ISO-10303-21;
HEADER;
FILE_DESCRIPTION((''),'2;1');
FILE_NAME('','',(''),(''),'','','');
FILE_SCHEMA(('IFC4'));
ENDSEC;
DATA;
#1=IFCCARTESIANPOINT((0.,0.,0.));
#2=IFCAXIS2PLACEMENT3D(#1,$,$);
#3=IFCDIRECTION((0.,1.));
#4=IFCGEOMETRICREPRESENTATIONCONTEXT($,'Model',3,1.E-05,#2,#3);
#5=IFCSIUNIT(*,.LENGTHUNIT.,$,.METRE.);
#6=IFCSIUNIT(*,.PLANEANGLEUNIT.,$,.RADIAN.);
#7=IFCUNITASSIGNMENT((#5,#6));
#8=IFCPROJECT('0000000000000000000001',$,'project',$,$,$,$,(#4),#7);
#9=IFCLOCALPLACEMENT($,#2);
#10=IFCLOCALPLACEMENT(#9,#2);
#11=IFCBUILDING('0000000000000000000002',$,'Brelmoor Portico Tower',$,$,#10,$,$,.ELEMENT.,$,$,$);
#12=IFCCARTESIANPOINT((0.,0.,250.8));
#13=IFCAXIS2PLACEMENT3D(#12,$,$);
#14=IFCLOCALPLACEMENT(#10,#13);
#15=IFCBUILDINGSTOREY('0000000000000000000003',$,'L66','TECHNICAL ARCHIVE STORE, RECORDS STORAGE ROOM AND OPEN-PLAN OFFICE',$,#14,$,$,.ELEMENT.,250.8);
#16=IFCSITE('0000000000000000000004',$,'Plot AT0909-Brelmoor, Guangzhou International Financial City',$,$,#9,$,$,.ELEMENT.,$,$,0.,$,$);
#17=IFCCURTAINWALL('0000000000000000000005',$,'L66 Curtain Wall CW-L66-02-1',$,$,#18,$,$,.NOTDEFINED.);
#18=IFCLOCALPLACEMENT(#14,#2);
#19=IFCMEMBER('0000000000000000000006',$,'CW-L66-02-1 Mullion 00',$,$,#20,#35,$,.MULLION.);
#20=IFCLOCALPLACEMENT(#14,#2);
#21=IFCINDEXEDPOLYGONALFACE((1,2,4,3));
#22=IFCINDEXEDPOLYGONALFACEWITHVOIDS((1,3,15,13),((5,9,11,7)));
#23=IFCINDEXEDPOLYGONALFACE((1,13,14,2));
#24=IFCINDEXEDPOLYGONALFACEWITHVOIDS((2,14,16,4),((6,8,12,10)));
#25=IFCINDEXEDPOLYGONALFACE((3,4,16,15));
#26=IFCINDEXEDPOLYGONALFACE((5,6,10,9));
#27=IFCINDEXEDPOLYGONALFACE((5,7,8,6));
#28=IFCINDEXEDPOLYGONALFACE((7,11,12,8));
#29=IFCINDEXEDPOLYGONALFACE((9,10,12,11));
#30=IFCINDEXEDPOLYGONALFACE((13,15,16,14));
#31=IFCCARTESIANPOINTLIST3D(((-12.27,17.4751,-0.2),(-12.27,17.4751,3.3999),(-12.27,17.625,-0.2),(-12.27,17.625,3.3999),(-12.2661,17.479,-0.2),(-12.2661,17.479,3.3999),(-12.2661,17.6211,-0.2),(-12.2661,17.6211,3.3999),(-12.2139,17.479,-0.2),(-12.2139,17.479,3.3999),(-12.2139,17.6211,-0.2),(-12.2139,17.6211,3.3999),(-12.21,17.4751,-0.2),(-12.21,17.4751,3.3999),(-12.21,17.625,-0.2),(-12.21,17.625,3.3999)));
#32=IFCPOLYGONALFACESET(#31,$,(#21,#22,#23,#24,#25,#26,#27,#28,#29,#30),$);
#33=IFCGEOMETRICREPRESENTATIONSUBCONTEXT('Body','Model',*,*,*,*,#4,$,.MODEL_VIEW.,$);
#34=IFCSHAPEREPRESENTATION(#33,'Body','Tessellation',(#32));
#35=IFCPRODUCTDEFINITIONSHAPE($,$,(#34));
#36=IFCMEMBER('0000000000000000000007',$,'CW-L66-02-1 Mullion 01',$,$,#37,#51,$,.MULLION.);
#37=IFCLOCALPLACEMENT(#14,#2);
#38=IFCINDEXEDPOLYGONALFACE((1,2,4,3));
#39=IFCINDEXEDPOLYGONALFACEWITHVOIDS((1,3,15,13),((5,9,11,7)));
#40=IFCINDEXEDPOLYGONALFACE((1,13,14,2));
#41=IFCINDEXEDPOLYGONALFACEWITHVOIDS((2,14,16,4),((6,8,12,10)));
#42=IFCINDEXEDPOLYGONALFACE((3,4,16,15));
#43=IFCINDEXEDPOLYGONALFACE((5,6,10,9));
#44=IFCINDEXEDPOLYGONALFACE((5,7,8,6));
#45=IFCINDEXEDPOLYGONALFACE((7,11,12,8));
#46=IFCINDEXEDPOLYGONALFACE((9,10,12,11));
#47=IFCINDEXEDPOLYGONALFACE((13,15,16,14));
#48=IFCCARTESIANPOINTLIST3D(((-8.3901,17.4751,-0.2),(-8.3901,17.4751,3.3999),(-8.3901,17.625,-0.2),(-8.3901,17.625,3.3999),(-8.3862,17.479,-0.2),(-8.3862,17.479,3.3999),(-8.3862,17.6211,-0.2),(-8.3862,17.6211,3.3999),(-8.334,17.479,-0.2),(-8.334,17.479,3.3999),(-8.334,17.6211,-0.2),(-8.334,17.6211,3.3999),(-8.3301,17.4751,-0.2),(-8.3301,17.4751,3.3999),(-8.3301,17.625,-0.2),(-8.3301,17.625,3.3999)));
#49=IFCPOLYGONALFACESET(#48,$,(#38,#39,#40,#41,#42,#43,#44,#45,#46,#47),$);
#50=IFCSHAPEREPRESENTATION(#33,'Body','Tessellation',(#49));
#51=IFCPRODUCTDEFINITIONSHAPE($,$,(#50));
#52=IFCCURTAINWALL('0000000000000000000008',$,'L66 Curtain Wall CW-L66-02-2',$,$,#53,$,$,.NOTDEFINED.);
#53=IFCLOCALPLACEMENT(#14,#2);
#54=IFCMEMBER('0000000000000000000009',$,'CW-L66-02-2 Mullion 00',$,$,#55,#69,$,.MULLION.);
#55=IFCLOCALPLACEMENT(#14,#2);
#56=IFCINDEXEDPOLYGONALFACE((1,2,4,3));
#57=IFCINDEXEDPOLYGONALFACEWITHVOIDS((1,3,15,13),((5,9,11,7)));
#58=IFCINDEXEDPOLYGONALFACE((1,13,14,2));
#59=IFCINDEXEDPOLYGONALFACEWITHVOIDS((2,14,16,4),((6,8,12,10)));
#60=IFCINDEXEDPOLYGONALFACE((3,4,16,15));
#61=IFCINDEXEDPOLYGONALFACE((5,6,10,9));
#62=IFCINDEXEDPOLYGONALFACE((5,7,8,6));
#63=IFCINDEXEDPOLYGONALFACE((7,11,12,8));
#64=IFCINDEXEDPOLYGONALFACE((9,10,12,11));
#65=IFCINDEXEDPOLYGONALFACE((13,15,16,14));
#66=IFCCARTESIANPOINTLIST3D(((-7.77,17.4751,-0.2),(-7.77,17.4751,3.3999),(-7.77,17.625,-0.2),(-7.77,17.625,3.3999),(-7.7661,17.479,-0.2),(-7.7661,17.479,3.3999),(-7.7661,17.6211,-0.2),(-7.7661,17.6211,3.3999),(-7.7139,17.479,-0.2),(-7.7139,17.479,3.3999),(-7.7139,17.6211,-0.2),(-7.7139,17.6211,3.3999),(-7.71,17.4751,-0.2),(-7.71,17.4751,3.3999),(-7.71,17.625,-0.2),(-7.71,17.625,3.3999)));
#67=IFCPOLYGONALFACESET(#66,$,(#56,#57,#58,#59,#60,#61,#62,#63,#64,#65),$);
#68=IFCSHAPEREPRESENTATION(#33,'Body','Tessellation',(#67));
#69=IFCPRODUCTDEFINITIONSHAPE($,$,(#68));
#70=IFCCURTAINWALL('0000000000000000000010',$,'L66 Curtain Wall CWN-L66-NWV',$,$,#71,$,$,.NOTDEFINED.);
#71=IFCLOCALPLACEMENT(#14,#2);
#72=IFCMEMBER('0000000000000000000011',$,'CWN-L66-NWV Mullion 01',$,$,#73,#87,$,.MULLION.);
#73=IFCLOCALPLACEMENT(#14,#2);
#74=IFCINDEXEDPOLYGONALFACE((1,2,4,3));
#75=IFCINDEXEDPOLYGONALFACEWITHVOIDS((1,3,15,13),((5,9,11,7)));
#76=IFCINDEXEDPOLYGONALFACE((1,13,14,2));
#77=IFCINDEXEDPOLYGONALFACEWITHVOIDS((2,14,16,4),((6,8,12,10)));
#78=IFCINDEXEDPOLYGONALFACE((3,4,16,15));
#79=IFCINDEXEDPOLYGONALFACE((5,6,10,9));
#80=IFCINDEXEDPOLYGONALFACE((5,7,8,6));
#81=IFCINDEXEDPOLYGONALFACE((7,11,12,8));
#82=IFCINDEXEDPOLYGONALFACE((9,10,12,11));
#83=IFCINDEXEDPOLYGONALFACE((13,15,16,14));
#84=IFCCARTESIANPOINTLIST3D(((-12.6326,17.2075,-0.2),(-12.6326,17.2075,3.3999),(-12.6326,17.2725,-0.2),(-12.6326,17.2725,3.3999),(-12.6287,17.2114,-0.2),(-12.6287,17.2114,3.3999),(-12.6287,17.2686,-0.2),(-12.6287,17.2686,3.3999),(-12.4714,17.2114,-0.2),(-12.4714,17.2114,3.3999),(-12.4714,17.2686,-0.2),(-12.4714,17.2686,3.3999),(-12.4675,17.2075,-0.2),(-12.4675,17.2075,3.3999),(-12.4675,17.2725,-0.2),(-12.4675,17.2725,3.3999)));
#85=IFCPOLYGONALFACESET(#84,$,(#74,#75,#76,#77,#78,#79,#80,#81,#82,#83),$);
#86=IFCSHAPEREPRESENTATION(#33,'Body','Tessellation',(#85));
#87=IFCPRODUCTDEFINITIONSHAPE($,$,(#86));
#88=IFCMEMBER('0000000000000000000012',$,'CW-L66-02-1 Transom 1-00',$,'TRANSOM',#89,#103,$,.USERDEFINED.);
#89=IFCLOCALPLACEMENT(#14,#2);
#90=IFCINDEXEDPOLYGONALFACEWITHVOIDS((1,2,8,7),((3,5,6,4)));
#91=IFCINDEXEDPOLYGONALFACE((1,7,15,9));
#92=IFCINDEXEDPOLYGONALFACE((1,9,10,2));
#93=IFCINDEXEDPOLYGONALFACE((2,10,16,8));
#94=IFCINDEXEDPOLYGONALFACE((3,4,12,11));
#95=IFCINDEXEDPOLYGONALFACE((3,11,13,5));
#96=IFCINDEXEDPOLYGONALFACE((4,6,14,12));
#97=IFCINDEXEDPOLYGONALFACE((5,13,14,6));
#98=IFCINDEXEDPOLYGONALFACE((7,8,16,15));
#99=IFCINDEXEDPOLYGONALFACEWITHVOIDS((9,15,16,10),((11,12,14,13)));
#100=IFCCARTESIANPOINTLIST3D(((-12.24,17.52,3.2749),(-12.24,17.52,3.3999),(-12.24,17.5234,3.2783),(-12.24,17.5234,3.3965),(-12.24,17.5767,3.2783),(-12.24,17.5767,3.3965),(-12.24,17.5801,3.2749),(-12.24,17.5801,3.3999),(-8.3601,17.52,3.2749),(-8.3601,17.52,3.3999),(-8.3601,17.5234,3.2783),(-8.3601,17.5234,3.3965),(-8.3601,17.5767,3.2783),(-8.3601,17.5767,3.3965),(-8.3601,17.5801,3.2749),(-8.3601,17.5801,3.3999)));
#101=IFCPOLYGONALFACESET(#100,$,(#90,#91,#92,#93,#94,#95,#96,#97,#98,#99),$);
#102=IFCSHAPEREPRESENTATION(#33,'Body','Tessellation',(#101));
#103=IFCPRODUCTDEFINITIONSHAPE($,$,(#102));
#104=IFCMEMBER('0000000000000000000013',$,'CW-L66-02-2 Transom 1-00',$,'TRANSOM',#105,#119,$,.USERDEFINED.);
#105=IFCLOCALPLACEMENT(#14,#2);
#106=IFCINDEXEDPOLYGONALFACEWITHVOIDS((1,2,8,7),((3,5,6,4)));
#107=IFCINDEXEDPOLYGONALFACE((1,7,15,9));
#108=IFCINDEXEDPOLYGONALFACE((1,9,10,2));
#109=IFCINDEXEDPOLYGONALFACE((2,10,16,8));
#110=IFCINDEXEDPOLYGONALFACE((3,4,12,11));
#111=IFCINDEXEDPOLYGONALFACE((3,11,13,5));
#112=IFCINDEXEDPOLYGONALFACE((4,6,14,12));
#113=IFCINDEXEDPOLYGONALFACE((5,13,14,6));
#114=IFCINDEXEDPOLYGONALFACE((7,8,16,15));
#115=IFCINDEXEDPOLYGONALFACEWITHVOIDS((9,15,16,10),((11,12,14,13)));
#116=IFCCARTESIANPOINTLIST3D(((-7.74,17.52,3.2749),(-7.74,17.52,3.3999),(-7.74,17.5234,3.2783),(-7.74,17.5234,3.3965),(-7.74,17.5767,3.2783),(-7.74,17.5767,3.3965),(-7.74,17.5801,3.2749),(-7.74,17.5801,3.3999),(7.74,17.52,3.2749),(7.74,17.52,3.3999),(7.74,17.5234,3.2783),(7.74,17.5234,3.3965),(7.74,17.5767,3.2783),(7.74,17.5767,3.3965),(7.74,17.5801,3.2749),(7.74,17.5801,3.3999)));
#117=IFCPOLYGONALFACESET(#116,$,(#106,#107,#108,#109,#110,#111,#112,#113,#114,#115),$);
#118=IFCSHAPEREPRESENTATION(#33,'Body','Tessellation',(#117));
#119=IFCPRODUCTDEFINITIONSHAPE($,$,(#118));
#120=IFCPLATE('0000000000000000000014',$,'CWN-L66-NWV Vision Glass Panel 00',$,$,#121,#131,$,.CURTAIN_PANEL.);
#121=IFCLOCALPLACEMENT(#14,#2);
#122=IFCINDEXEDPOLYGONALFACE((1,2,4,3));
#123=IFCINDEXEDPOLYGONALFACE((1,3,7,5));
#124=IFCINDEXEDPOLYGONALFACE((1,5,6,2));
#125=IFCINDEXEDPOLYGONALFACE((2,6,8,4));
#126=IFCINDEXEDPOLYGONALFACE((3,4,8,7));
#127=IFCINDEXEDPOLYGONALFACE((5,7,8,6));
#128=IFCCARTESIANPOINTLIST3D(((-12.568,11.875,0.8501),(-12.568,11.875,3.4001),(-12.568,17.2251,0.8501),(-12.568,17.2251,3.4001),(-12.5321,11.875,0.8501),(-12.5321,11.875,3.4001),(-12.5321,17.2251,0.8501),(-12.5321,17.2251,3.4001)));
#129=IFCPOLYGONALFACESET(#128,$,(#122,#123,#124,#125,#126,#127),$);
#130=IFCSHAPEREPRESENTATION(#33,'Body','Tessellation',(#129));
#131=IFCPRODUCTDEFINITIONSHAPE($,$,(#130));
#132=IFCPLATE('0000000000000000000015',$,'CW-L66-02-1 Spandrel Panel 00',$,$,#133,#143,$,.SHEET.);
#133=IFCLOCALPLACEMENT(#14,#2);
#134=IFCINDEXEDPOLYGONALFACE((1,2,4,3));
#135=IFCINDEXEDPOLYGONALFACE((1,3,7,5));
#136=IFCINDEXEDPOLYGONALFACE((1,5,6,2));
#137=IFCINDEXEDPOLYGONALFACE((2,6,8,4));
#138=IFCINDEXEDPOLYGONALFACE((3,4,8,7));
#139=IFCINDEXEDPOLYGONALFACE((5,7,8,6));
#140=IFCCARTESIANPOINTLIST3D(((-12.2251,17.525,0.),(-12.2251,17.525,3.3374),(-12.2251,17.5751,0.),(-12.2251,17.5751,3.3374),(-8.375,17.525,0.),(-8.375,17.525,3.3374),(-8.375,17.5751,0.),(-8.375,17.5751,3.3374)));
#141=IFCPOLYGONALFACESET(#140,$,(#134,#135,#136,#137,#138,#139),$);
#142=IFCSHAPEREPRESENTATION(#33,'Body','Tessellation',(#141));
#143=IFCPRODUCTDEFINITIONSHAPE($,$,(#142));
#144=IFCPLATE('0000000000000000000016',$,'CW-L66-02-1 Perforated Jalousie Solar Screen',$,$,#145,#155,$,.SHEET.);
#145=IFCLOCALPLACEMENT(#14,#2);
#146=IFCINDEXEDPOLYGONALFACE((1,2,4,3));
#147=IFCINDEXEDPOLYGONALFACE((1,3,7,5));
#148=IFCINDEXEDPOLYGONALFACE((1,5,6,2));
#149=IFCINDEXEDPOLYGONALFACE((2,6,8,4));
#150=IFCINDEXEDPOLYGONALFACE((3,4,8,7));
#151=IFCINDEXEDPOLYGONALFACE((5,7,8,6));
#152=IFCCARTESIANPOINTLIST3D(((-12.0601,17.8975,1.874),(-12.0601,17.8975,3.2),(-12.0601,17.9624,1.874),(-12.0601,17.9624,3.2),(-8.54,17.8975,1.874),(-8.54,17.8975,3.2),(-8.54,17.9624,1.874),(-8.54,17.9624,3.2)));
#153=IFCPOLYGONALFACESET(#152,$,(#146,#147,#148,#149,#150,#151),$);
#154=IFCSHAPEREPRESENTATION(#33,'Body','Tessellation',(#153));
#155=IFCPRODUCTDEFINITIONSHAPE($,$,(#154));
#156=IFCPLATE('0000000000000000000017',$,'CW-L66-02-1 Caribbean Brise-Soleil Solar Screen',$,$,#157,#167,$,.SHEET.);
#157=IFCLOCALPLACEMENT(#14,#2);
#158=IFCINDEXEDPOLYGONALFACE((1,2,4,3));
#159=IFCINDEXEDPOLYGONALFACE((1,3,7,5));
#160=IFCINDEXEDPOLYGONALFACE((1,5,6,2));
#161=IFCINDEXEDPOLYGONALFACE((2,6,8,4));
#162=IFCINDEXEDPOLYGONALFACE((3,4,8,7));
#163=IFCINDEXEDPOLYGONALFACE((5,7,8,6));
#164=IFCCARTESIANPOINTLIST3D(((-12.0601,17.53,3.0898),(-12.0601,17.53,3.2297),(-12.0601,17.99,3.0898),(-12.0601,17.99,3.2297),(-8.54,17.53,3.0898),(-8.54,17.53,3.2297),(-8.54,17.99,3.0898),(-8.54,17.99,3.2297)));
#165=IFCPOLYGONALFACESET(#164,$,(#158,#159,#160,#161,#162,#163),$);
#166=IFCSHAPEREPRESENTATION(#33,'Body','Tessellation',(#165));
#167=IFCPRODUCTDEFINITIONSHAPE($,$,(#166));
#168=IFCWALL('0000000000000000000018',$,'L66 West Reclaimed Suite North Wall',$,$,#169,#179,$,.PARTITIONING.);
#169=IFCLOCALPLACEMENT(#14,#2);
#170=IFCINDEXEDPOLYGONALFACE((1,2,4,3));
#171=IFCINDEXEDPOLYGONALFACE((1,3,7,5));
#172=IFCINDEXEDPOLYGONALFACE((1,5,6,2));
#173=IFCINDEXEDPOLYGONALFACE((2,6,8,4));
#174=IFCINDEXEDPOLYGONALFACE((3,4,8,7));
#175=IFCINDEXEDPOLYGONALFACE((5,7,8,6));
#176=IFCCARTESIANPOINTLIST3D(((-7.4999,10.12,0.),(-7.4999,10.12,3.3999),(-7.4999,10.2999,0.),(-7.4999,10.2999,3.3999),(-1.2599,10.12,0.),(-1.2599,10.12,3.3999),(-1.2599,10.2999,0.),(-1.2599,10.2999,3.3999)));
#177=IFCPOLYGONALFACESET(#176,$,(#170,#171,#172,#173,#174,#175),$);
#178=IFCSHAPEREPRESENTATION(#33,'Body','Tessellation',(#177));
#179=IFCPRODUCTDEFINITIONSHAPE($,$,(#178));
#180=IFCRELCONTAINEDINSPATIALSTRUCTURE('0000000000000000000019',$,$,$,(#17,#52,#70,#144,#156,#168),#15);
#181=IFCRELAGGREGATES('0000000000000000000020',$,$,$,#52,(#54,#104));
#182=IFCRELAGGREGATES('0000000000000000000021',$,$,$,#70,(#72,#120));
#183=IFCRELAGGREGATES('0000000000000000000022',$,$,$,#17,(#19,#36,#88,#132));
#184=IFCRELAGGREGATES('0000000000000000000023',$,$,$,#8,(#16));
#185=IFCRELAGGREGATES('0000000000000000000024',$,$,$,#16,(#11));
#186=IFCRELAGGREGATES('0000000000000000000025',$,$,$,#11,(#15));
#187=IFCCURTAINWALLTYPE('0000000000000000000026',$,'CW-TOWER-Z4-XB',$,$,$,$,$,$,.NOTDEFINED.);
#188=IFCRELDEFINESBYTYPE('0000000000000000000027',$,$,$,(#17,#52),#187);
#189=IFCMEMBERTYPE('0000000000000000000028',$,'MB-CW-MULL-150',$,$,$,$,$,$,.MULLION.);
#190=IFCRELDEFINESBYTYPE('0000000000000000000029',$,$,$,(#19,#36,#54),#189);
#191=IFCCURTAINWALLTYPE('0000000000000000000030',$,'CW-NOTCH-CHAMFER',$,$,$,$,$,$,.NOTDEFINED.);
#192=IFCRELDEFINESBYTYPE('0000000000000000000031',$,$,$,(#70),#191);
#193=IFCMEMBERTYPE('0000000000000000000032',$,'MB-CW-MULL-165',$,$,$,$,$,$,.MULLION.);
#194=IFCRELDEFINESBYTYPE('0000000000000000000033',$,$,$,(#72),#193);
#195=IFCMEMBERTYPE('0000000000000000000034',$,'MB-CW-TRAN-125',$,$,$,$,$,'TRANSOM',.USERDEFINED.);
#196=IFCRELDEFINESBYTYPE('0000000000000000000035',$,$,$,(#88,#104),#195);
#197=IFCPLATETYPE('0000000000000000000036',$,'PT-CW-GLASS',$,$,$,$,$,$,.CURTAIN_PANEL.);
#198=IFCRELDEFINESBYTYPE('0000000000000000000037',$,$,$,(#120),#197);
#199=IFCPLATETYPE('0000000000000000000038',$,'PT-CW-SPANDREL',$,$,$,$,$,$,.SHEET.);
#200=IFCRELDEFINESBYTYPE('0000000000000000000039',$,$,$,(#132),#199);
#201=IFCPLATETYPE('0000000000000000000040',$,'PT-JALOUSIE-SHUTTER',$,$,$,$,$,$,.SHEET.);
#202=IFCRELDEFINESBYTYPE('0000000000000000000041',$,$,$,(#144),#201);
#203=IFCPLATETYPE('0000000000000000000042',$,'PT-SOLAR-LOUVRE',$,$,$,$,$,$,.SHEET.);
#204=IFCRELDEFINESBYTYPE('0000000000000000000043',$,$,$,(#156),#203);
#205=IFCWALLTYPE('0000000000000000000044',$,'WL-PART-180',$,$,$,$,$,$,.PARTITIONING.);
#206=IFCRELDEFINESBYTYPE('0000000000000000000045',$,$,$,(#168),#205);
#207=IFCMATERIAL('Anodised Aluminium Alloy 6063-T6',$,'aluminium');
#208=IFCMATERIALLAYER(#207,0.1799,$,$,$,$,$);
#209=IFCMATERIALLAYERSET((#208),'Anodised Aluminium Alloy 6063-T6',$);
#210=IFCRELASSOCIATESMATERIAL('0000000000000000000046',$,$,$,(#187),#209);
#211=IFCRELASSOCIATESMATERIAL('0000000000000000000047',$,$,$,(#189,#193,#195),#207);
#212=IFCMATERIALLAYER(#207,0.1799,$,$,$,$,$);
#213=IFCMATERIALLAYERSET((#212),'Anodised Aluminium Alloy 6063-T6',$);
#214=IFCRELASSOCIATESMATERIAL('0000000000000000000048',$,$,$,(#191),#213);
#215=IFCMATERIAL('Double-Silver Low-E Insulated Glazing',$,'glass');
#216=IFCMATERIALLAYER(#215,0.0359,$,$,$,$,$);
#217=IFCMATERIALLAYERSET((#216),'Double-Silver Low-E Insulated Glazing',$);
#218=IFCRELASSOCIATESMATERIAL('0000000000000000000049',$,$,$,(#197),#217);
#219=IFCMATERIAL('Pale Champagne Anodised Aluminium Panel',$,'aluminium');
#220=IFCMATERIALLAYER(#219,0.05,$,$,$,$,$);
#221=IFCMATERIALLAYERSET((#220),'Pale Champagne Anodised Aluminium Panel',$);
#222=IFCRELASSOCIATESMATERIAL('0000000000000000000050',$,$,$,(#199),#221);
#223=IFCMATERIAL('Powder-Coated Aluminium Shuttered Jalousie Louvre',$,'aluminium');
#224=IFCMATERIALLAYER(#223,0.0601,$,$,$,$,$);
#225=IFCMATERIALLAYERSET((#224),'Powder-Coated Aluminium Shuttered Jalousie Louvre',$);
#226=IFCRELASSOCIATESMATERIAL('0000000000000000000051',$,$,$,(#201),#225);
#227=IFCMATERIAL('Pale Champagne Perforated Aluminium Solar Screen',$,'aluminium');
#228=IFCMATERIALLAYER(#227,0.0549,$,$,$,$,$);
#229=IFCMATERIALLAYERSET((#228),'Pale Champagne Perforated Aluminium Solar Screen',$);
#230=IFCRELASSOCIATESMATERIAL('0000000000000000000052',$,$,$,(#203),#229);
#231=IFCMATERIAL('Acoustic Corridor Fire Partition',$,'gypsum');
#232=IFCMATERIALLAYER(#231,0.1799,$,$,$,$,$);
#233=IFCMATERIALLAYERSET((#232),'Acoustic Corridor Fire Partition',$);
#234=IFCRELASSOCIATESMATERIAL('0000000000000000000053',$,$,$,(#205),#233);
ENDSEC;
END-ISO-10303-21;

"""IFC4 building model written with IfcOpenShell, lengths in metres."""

from ifc_helpers import new_model, si_unit, direction, frame, frame_2d, origin, origin_2d, place, context, subcontext, project, spatial, rectangle, hollow_rectangle, extrude, material, layer, layer_set, material_profile, profile_set, type_object, element, aggregate, save


model = new_model("IFC4")

# Units and contexts
model_context = context("Model", 3, precision=1e-05, world=origin(), true_north=direction((0.0, 1.0)))
body_context = subcontext(model_context, "Body", "Model", "MODEL_VIEW")
ifc_project = project(units=[si_unit("LENGTHUNIT", "METRE"), si_unit("PLANEANGLEUNIT", "RADIAN")], contexts=[model_context])

# Site, building, storey
site_placement = place(None, origin())
site = spatial("IfcSite", under=ifc_project, at=site_placement, Name="Plot AT0909-Brelmoor, Guangzhou International Financial City", CompositionType="ELEMENT", RefElevation=0.0)
building_placement = place(site_placement, origin())
building = spatial("IfcBuilding", under=site, at=building_placement, Name="Brelmoor Portico Tower", CompositionType="ELEMENT")
storey_placement = place(building_placement, frame((0.0, 0.0, 250.8)))
storey = spatial("IfcBuildingStorey", under=building, at=storey_placement, Name="L66", Description="TECHNICAL ARCHIVE STORE, RECORDS STORAGE ROOM AND OPEN-PLAN OFFICE", CompositionType="ELEMENT", Elevation=250.8)

# Curtain wall, members
ifc_material_1 = material(Name="Anodised Aluminium Alloy 6063-T6", Category="aluminium")
ifc_layer_1 = layer(ifc_material_1, 0.1799)
ifc_layer_set_1 = layer_set([ifc_layer_1], Name="Anodised Aluminium Alloy 6063-T6")
curtain_wall_type_1 = type_object("IfcCurtainWallType", Name="CW-TOWER-Z4-XB", PredefinedType="NOTDEFINED", material=ifc_layer_set_1)
curtain_wall_1_placement = place(storey_placement, origin())
curtain_wall_1 = element("IfcCurtainWall", 1, at=curtain_wall_1_placement, inside=storey, type_object=curtain_wall_type_1, Name="L66 Curtain Wall CW-L66-02-1", PredefinedType="NOTDEFINED")
ifc_material_profile_1 = material_profile(ifc_material_1, hollow_rectangle(XDim=0.0601, YDim=0.1499, WallThickness=0.0039, at=origin_2d()), Name="ALU MULLION 60x150")
ifc_profile_set_1 = profile_set([ifc_material_profile_1], Name="Anodised Aluminium Alloy 6063-T6")
member_type_1 = type_object("IfcMemberType", Name="MB-CW-MULL-150", PredefinedType="MULLION", material=ifc_profile_set_1)
member_1_placement = place(storey_placement, frame((-12.24, 17.55, -0.2), z_axis=(0.0, 0.0, 1.0), x_axis=(1.0, 0.0, 0.0)))
member_1 = element("IfcMember", 2, at=member_1_placement, type_object=member_type_1, Name="CW-L66-02-1 Mullion 00", PredefinedType="MULLION", context=body_context, shape_type="SweptSolid", body=[
    extrude(hollow_rectangle(XDim=0.0601, YDim=0.1499, WallThickness=0.0039, at=origin_2d()), origin(), (0.0, 0.0, 1.0), 3.5999),
])
member_2_placement = place(storey_placement, frame((-8.3601, 17.55, -0.2), z_axis=(0.0, 0.0, 1.0), x_axis=(1.0, 0.0, 0.0)))
member_2 = element("IfcMember", 3, at=member_2_placement, type_object=member_type_1, Name="CW-L66-02-1 Mullion 01", PredefinedType="MULLION", context=body_context, shape_type="SweptSolid", body=[
    extrude(hollow_rectangle(XDim=0.0601, YDim=0.1499, WallThickness=0.0039, at=origin_2d()), origin(), (0.0, 0.0, 1.0), 3.5999),
])

# Curtain walls, members
curtain_wall_2_placement = place(storey_placement, origin())
curtain_wall_2 = element("IfcCurtainWall", 4, at=curtain_wall_2_placement, inside=storey, type_object=curtain_wall_type_1, Name="L66 Curtain Wall CW-L66-02-2", PredefinedType="NOTDEFINED")
member_3_placement = place(storey_placement, frame((-7.74, 17.55, -0.2), z_axis=(0.0, 0.0, 1.0), x_axis=(1.0, 0.0, 0.0)))
member_3 = element("IfcMember", 5, at=member_3_placement, type_object=member_type_1, Name="CW-L66-02-2 Mullion 00", PredefinedType="MULLION", context=body_context, shape_type="SweptSolid", body=[
    extrude(hollow_rectangle(XDim=0.0601, YDim=0.1499, WallThickness=0.0039, at=origin_2d()), origin(), (0.0, 0.0, 1.0), 3.5999),
])
ifc_layer_2 = layer(ifc_material_1, 0.1799)
ifc_layer_set_2 = layer_set([ifc_layer_2], Name="Anodised Aluminium Alloy 6063-T6")
curtain_wall_type_2 = type_object("IfcCurtainWallType", Name="CW-NOTCH-CHAMFER", PredefinedType="NOTDEFINED", material=ifc_layer_set_2)
curtain_wall_3_placement = place(storey_placement, origin())
curtain_wall_3 = element("IfcCurtainWall", 6, at=curtain_wall_3_placement, inside=storey, type_object=curtain_wall_type_2, Name="L66 Curtain Wall CWN-L66-NWV", PredefinedType="NOTDEFINED")
ifc_material_profile_2 = material_profile(ifc_material_1, hollow_rectangle(XDim=0.0649, YDim=0.165, WallThickness=0.0039, at=origin_2d()), Name="ALU MULLION 65x165")
ifc_profile_set_2 = profile_set([ifc_material_profile_2], Name="Anodised Aluminium Alloy 6063-T6")
member_type_2 = type_object("IfcMemberType", Name="MB-CW-MULL-165", PredefinedType="MULLION", material=ifc_profile_set_2)
member_4_placement = place(storey_placement, frame((-12.55, 17.24, -0.2), z_axis=(0.0, 0.0, 1.0), x_axis=(0.0, 1.0, 0.0)))
member_4 = element("IfcMember", 7, at=member_4_placement, type_object=member_type_2, Name="CWN-L66-NWV Mullion 01", PredefinedType="MULLION", context=body_context, shape_type="SweptSolid", body=[
    extrude(hollow_rectangle(XDim=0.0649, YDim=0.165, WallThickness=0.0039, at=origin_2d()), origin(), (0.0, 0.0, 1.0), 3.5999),
])

# Members
ifc_material_profile_3 = material_profile(ifc_material_1, hollow_rectangle(XDim=0.0601, YDim=0.125, WallThickness=0.0034, at=origin_2d()), Name="ALU TRANSOM 60x125")
ifc_profile_set_3 = profile_set([ifc_material_profile_3], Name="Anodised Aluminium Alloy 6063-T6")
member_type_3 = type_object("IfcMemberType", Name="MB-CW-TRAN-125", ElementType="TRANSOM", PredefinedType="USERDEFINED", material=ifc_profile_set_3)
member_5_placement = place(storey_placement, frame((-12.24, 17.55, 3.3374), z_axis=(1.0, 0.0, 0.0), x_axis=(0.0, 1.0, 0.0)))
member_5 = element("IfcMember", 8, at=member_5_placement, type_object=member_type_3, Name="CW-L66-02-1 Transom 1-00", ObjectType="TRANSOM", PredefinedType="USERDEFINED", context=body_context, shape_type="SweptSolid", body=[
    extrude(hollow_rectangle(XDim=0.0601, YDim=0.125, WallThickness=0.0034, at=origin_2d()), origin(), (0.0, 0.0, 1.0), 3.8799),
])
member_6_placement = place(storey_placement, frame((-7.74, 17.55, 3.3374), z_axis=(1.0, 0.0, 0.0), x_axis=(0.0, 1.0, 0.0)))
member_6 = element("IfcMember", 9, at=member_6_placement, type_object=member_type_3, Name="CW-L66-02-2 Transom 1-00", ObjectType="TRANSOM", PredefinedType="USERDEFINED", context=body_context, shape_type="SweptSolid", body=[
    extrude(hollow_rectangle(XDim=0.0601, YDim=0.125, WallThickness=0.0034, at=origin_2d()), origin(), (0.0, 0.0, 1.0), 15.48),
])
aggregate(curtain_wall_2, [member_3, member_6])

# Plates
ifc_material_2 = material(Name="Double-Silver Low-E Insulated Glazing", Category="glass")
ifc_layer_3 = layer(ifc_material_2, 0.0359)
ifc_layer_set_3 = layer_set([ifc_layer_3], Name="Double-Silver Low-E Insulated Glazing")
plate_type_1 = type_object("IfcPlateType", Name="PT-CW-GLASS", PredefinedType="CURTAIN_PANEL", material=ifc_layer_set_3)
plate_1_placement = place(storey_placement, frame((-12.55, 14.55, 0.8501), z_axis=(0.0, 0.0, 1.0), x_axis=(0.0, 1.0, 0.0)))
plate_1 = element("IfcPlate", 10, at=plate_1_placement, type_object=plate_type_1, Name="CWN-L66-NWV Vision Glass Panel 00", PredefinedType="CURTAIN_PANEL", context=body_context, shape_type="SweptSolid", body=[
    extrude(rectangle(XDim=5.3501, YDim=0.0359, at=origin_2d()), origin(), (0.0, 0.0, 1.0), 2.55),
])
aggregate(curtain_wall_3, [member_4, plate_1])
ifc_material_3 = material(Name="Pale Champagne Anodised Aluminium Panel", Category="aluminium")
ifc_layer_4 = layer(ifc_material_3, 0.05)
ifc_layer_set_4 = layer_set([ifc_layer_4], Name="Pale Champagne Anodised Aluminium Panel")
plate_type_2 = type_object("IfcPlateType", Name="PT-CW-SPANDREL", PredefinedType="SHEET", material=ifc_layer_set_4)
plate_2_placement = place(storey_placement, frame((-10.3, 17.55, 0.0), z_axis=(0.0, 0.0, 1.0), x_axis=(1.0, 0.0, 0.0)))
plate_2 = element("IfcPlate", 11, at=plate_2_placement, type_object=plate_type_2, Name="CW-L66-02-1 Spandrel Panel 00", PredefinedType="SHEET", context=body_context, shape_type="SweptSolid", body=[
    extrude(rectangle(XDim=3.8501, YDim=0.05, at=origin_2d()), origin(), (0.0, 0.0, 1.0), 3.3374),
])
aggregate(curtain_wall_1, [member_1, member_2, member_5, plate_2])

# Plates
ifc_material_4 = material(Name="Powder-Coated Aluminium Shuttered Jalousie Louvre", Category="aluminium")
ifc_layer_5 = layer(ifc_material_4, 0.0601)
ifc_layer_set_5 = layer_set([ifc_layer_5], Name="Powder-Coated Aluminium Shuttered Jalousie Louvre")
plate_type_3 = type_object("IfcPlateType", Name="PT-JALOUSIE-SHUTTER", PredefinedType="SHEET", material=ifc_layer_set_5)
plate_3_placement = place(storey_placement, frame((-10.3, 17.9299, 1.874), z_axis=(0.0, 0.0, 1.0), x_axis=(1.0, 0.0, 0.0)))
element("IfcPlate", 12, at=plate_3_placement, inside=storey, type_object=plate_type_3, Name="CW-L66-02-1 Perforated Jalousie Solar Screen", PredefinedType="SHEET", context=body_context, shape_type="SweptSolid", body=[
    extrude(rectangle(XDim=3.52, YDim=0.0649, at=origin_2d()), origin(), (0.0, 0.0, 1.0), 1.3259),
])
ifc_material_5 = material(Name="Pale Champagne Perforated Aluminium Solar Screen", Category="aluminium")
ifc_layer_6 = layer(ifc_material_5, 0.0549)
ifc_layer_set_6 = layer_set([ifc_layer_6], Name="Pale Champagne Perforated Aluminium Solar Screen")
plate_type_4 = type_object("IfcPlateType", Name="PT-SOLAR-LOUVRE", PredefinedType="SHEET", material=ifc_layer_set_6)
plate_4_placement = place(storey_placement, frame((-10.3, 17.76, 3.0898), z_axis=(0.0, 0.0, 1.0), x_axis=(1.0, 0.0, 0.0)))
element("IfcPlate", 13, at=plate_4_placement, inside=storey, type_object=plate_type_4, Name="CW-L66-02-1 Caribbean Brise-Soleil Solar Screen", PredefinedType="SHEET", context=body_context, shape_type="SweptSolid", body=[
    extrude(rectangle(XDim=3.52, YDim=0.46, at=origin_2d()), origin(), (0.0, 0.0, 1.0), 0.1399),
])

# Wall
ifc_material_6 = material(Name="Acoustic Corridor Fire Partition", Category="gypsum")
ifc_layer_7 = layer(ifc_material_6, 0.1799)
ifc_layer_set_7 = layer_set([ifc_layer_7], Name="Acoustic Corridor Fire Partition")
wall_type = type_object("IfcWallType", Name="WL-PART-180", PredefinedType="PARTITIONING", material=ifc_layer_set_7)
wall_placement = place(storey_placement, frame((-7.5, 10.21, 0.0), z_axis=(0.0, 0.0, 1.0), x_axis=(1.0, 0.0, 0.0)))
element("IfcWall", 14, at=wall_placement, inside=storey, type_object=wall_type, Name="L66 West Reclaimed Suite North Wall", PredefinedType="PARTITIONING", context=body_context, shape_type="SweptSolid", body=[
    extrude(rectangle(XDim=6.24, YDim=0.1799, at=frame_2d((3.1201, 0.0))), origin(), (0.0, 0.0, 1.0), 3.3999),
])

save(model, "model.ifc")
